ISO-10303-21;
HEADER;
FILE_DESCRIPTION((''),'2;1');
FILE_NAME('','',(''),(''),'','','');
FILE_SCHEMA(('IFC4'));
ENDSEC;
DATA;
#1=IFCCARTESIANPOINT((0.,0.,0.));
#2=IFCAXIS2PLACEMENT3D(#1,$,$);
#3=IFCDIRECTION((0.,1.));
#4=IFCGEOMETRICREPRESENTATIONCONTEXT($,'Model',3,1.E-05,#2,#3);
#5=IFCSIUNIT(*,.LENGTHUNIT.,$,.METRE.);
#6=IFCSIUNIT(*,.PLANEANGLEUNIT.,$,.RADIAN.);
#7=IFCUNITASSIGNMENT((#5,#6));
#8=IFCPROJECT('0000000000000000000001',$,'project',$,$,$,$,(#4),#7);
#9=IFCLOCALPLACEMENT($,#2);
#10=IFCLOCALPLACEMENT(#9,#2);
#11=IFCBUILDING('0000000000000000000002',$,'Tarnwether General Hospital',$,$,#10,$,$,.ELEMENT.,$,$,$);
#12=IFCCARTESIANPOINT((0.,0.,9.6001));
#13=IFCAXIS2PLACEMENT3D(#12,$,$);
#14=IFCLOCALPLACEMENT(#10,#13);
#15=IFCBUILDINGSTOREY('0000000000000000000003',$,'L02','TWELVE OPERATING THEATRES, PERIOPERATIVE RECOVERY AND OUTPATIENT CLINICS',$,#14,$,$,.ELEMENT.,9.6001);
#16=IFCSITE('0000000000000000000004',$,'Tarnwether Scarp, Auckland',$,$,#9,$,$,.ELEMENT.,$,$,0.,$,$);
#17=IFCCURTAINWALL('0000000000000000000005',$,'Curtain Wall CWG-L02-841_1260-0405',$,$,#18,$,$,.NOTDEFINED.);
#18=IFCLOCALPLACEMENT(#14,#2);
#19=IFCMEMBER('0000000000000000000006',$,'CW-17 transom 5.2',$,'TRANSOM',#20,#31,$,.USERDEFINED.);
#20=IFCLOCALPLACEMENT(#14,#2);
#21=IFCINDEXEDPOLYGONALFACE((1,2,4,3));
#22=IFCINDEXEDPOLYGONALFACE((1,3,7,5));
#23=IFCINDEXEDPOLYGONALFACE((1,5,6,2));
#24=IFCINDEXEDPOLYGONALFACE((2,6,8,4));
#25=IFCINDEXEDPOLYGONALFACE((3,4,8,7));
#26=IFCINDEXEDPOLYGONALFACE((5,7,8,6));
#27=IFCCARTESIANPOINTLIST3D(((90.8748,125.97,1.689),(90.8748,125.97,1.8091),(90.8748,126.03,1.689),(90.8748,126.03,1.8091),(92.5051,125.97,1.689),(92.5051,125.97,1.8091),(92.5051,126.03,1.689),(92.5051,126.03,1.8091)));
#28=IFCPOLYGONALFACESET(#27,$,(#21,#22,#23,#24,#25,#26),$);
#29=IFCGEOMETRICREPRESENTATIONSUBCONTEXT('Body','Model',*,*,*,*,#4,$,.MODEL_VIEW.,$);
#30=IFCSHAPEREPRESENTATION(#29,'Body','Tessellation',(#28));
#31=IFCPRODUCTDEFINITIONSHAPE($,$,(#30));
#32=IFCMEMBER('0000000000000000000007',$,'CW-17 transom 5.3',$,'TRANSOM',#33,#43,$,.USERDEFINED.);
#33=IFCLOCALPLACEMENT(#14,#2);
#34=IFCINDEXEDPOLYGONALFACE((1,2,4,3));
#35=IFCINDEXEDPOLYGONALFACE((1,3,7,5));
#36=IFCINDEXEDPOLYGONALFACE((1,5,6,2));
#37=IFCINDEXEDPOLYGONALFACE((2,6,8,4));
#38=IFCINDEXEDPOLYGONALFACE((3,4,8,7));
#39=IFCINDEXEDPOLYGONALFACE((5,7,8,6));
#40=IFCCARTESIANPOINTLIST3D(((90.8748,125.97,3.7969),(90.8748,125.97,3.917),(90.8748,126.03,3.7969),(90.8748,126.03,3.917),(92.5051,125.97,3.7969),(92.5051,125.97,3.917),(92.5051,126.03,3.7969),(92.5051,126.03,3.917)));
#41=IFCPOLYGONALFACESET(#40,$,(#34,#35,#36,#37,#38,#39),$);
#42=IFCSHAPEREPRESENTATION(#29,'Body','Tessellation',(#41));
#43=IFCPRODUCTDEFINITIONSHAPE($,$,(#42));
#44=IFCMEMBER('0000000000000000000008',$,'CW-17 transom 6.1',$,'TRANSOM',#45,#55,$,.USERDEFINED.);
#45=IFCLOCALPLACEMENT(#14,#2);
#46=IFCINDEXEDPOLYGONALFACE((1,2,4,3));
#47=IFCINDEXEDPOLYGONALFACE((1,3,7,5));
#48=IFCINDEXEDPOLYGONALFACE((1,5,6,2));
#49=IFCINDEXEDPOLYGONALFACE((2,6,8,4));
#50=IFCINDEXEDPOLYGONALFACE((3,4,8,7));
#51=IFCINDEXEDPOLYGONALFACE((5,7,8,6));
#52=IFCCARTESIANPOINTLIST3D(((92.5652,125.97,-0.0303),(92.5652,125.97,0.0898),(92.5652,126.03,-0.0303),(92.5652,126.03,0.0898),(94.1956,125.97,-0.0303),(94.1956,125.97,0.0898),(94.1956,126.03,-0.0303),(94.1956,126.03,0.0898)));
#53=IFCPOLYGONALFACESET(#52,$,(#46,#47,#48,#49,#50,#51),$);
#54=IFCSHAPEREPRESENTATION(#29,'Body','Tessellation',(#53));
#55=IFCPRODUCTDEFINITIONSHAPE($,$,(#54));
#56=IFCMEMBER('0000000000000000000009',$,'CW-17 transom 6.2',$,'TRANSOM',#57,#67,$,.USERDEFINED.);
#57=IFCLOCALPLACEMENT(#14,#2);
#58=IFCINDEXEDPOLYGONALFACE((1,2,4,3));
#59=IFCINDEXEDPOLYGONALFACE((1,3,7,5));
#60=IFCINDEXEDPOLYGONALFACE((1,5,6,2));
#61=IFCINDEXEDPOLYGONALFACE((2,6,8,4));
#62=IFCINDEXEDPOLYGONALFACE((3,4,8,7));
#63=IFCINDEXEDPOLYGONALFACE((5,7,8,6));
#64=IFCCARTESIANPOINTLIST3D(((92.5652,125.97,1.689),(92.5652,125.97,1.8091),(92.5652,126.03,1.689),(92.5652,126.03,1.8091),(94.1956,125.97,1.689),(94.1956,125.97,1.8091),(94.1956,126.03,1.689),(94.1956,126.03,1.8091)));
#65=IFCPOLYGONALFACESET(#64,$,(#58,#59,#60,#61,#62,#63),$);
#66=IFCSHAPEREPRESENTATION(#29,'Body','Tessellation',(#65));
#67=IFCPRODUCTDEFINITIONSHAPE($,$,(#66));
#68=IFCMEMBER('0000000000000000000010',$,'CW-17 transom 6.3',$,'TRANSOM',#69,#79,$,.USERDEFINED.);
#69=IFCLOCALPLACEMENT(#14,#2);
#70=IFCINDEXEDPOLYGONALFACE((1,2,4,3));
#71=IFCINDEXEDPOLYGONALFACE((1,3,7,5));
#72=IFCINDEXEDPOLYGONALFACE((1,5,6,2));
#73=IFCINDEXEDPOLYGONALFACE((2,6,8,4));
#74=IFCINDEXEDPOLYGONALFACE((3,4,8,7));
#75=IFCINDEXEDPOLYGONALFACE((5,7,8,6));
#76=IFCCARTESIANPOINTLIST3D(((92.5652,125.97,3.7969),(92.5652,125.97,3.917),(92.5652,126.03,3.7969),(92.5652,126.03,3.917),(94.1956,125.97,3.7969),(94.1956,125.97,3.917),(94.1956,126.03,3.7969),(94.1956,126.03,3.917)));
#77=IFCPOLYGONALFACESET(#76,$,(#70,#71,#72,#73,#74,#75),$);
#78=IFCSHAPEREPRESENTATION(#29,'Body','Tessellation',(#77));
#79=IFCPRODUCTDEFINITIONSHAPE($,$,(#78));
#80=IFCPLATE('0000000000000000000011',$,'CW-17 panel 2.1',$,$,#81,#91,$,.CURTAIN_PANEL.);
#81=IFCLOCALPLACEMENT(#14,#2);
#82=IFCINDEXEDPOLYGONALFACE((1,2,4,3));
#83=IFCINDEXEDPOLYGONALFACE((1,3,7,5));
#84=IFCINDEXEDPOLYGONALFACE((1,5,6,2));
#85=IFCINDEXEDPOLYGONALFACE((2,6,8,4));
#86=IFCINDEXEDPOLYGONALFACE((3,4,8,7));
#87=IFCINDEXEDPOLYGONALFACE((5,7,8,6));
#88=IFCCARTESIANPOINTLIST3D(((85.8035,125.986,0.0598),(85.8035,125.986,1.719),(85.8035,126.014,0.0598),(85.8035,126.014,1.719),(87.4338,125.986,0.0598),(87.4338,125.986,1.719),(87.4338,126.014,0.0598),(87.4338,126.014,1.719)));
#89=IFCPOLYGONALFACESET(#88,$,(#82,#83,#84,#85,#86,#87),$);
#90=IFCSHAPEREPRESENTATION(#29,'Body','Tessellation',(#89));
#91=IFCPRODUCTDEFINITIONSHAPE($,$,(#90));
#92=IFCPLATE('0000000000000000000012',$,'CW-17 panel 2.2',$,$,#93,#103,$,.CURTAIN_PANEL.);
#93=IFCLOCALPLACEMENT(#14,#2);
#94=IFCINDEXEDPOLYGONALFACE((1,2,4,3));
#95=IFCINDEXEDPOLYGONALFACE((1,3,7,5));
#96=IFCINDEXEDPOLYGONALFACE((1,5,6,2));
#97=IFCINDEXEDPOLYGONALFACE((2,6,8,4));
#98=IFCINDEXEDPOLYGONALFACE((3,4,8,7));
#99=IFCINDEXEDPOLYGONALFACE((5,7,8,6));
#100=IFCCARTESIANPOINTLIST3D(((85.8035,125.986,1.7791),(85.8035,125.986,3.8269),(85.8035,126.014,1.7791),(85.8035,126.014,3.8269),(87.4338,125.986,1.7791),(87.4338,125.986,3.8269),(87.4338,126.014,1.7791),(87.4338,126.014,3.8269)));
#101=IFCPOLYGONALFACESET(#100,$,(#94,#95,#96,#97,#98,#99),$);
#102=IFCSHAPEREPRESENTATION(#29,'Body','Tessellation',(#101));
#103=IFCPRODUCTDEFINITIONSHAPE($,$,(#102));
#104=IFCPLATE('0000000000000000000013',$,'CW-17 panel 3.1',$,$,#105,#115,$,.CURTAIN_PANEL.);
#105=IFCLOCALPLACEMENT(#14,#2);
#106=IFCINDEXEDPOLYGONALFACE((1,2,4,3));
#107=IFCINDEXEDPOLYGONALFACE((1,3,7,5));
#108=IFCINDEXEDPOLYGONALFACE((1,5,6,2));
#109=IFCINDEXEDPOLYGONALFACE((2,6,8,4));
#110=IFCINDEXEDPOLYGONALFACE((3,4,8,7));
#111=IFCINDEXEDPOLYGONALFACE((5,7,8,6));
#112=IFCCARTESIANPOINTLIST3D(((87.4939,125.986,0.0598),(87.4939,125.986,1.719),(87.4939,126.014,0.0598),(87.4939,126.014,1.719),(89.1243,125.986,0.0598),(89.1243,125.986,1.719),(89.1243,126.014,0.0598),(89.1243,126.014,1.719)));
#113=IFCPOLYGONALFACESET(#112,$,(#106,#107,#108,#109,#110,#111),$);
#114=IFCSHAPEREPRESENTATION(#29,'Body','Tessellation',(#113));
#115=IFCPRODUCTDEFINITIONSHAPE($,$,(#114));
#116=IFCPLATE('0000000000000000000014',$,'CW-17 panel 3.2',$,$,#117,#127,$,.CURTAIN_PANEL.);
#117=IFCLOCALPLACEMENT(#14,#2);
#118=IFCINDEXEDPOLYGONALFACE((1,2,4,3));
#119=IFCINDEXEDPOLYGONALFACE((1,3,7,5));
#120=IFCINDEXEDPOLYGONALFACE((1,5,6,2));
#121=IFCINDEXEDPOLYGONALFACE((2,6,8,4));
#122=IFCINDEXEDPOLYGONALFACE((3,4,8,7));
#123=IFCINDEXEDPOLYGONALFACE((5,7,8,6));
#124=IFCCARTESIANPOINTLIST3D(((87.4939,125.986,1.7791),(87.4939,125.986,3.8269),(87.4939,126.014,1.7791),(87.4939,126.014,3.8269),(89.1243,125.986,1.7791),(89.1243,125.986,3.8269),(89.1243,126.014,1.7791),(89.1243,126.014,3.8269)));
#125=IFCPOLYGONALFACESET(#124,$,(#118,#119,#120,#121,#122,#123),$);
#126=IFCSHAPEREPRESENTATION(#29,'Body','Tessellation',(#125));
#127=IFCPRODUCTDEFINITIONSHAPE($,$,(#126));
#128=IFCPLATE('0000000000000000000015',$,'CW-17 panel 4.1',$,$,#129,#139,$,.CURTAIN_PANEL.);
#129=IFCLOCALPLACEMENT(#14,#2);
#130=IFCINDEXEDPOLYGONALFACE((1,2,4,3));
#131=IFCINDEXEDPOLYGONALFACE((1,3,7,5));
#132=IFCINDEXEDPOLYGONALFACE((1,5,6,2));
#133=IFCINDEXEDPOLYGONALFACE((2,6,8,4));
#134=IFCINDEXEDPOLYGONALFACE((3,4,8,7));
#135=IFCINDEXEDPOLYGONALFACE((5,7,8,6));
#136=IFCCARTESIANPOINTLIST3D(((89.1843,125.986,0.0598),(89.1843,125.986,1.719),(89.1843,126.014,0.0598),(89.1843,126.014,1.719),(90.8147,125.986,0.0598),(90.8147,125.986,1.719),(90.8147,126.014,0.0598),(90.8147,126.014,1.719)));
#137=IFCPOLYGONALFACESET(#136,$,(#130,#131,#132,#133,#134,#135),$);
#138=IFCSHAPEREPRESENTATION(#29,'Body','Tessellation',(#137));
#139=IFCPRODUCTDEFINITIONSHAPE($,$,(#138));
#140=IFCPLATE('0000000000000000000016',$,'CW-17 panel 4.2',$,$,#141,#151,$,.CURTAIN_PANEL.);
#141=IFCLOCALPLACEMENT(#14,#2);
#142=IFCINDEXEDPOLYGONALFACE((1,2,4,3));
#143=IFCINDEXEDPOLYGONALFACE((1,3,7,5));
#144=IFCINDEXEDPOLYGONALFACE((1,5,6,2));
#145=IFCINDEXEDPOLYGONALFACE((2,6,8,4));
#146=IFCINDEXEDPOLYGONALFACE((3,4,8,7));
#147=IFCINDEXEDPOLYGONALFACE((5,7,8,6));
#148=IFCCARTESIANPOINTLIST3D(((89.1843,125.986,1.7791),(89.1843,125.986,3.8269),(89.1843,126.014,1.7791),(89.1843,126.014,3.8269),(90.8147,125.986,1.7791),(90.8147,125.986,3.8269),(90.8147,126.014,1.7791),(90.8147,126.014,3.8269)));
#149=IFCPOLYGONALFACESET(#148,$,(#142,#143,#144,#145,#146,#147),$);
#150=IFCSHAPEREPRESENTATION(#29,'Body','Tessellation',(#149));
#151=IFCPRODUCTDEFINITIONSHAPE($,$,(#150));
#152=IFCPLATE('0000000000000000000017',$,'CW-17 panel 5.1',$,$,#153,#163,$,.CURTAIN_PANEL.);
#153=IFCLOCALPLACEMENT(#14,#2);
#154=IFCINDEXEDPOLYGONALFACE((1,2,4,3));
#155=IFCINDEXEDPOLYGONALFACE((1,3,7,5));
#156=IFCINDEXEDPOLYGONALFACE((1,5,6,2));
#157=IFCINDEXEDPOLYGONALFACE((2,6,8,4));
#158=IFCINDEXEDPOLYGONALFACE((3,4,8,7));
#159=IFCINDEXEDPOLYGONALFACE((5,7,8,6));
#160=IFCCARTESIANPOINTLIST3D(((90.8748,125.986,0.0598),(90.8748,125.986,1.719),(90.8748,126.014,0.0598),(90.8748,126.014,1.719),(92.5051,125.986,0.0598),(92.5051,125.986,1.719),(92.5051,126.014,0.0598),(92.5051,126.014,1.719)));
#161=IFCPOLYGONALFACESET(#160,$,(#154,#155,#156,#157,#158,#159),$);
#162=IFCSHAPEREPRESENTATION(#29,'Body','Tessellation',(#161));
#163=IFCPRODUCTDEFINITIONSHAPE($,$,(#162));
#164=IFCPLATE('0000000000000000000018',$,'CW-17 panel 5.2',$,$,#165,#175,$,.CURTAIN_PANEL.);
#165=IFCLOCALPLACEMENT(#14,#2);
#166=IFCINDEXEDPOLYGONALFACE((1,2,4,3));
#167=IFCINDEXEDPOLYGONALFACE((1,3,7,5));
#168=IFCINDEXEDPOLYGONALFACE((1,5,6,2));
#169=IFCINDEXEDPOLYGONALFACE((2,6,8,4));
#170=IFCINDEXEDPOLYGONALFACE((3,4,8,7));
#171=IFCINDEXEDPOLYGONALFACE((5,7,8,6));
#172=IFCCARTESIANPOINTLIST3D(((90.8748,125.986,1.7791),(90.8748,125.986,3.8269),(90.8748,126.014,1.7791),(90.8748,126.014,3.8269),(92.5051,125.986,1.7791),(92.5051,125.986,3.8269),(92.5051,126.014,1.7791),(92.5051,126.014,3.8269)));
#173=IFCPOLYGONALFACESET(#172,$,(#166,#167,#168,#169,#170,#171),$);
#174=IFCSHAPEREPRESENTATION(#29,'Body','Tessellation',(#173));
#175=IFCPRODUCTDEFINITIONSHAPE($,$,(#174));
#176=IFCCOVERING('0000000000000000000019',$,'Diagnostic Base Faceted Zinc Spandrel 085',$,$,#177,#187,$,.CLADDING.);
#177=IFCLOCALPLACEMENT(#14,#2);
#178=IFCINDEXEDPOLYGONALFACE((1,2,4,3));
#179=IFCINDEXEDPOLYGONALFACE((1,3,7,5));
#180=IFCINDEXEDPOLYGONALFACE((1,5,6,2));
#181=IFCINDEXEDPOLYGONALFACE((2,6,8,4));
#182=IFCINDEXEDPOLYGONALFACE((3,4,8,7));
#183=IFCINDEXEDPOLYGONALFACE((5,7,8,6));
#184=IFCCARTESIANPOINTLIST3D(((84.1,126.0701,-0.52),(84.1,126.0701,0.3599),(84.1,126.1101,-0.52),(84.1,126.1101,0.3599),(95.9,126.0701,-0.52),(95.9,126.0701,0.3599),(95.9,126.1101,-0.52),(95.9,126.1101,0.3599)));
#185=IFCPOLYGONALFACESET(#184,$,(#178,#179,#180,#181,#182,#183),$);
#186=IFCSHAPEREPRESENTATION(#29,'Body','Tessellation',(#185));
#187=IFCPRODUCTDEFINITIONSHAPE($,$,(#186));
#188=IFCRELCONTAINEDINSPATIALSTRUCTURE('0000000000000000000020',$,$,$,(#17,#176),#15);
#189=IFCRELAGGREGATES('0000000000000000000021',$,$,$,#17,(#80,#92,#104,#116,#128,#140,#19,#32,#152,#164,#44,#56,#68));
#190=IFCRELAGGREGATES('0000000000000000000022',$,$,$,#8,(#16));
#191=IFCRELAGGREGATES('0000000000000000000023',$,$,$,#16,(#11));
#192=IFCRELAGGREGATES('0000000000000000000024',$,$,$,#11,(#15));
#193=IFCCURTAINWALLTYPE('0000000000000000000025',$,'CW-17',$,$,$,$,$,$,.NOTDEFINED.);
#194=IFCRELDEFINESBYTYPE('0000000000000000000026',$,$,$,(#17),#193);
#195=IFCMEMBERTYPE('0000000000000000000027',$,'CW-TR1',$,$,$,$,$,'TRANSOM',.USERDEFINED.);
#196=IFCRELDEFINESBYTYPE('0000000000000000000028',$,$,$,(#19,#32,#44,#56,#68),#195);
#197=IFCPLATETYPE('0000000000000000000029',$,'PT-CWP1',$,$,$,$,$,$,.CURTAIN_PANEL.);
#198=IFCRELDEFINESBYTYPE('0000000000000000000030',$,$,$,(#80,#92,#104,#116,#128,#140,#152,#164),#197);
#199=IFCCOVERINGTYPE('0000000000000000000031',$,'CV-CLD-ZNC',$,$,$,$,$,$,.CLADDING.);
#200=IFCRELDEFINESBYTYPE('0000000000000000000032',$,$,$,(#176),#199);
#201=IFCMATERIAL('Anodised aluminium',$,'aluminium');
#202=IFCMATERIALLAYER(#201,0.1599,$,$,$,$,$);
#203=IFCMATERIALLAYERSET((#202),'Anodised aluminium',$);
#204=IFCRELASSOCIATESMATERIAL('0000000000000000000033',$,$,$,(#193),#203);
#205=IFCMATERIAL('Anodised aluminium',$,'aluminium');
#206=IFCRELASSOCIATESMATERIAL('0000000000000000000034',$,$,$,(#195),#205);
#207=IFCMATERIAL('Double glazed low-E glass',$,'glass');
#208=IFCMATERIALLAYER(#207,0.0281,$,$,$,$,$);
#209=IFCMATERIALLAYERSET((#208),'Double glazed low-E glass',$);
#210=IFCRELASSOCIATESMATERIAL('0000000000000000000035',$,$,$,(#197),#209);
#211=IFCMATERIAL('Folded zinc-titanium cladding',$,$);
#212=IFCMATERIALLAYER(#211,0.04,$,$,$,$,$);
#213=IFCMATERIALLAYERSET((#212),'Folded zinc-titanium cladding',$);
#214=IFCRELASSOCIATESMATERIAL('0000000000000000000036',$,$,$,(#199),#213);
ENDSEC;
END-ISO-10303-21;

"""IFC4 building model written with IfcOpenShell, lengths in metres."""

from ifc_helpers import new_model, si_unit, direction, frame, origin, origin_2d, place, context, subcontext, project, spatial, rectangle, extrude, material, layer, layer_set, material_profile, profile_set, type_object, element, aggregate, save


model = new_model("IFC4")

# Units and contexts
model_context = context("Model", 3, precision=1e-05, world=origin(), true_north=direction((0.0, 1.0)))
body_context = subcontext(model_context, "Body", "Model", "MODEL_VIEW")
ifc_project = project(units=[si_unit("LENGTHUNIT", "METRE"), si_unit("PLANEANGLEUNIT", "RADIAN")], contexts=[model_context])

# Site, building, storey
site_placement = place(None, origin())
site = spatial("IfcSite", under=ifc_project, at=site_placement, Name="Tarnwether Scarp, Auckland", CompositionType="ELEMENT", RefElevation=0.0)
building_placement = place(site_placement, origin())
building = spatial("IfcBuilding", under=site, at=building_placement, Name="Tarnwether General Hospital", CompositionType="ELEMENT")
storey_placement = place(building_placement, frame((0.0, 0.0, 9.6001)))
storey = spatial("IfcBuildingStorey", under=building, at=storey_placement, Name="L02", Description="TWELVE OPERATING THEATRES, PERIOPERATIVE RECOVERY AND OUTPATIENT CLINICS", CompositionType="ELEMENT", Elevation=9.6001)

# Curtain wall, members, plates
ifc_material_1 = material(Name="Anodised aluminium", Category="aluminium")
ifc_layer_1 = layer(ifc_material_1, 0.1599)
ifc_layer_set_1 = layer_set([ifc_layer_1], Name="Anodised aluminium")
curtain_wall_type = type_object("IfcCurtainWallType", Name="CW-17", PredefinedType="NOTDEFINED", material=ifc_layer_set_1)
curtain_wall_placement = place(storey_placement, origin())
curtain_wall = element("IfcCurtainWall", 1, at=curtain_wall_placement, inside=storey, type_object=curtain_wall_type, Name="Curtain Wall CWG-L02-841_1260-0405", PredefinedType="NOTDEFINED")
ifc_material_2 = material(Name="Anodised aluminium", Category="aluminium")
ifc_material_profile_1 = material_profile(ifc_material_2, rectangle(XDim=0.0601, YDim=0.1201, at=origin_2d()), Name="ALU-TRN-60x120")
ifc_profile_set_1 = profile_set([ifc_material_profile_1], Name="Anodised aluminium")
member_type_1 = type_object("IfcMemberType", Name="CW-TR1", ElementType="TRANSOM", PredefinedType="USERDEFINED", material=ifc_profile_set_1)
member_1_placement = place(storey_placement, frame((90.8748, 126.0, 1.749), z_axis=(1.0, 0.0, 0.0), x_axis=(0.0, 1.0, 0.0)))
member_1 = element("IfcMember", 2, at=member_1_placement, type_object=member_type_1, Name="CW-17 transom 5.2", ObjectType="TRANSOM", PredefinedType="USERDEFINED", context=body_context, shape_type="SweptSolid", body=[
    extrude(rectangle(XDim=0.0601, YDim=0.1201, at=origin_2d()), origin(), (0.0, 0.0, 1.0), 1.6304),
])
member_2_placement = place(storey_placement, frame((90.8748, 126.0, 3.8569), z_axis=(1.0, 0.0, 0.0), x_axis=(0.0, 1.0, 0.0)))
member_2 = element("IfcMember", 3, at=member_2_placement, type_object=member_type_1, Name="CW-17 transom 5.3", ObjectType="TRANSOM", PredefinedType="USERDEFINED", context=body_context, shape_type="SweptSolid", body=[
    extrude(rectangle(XDim=0.0601, YDim=0.1201, at=origin_2d()), origin(), (0.0, 0.0, 1.0), 1.6304),
])
member_3_placement = place(storey_placement, frame((92.5652, 126.0, 0.0298), z_axis=(1.0, 0.0, 0.0), x_axis=(0.0, 1.0, 0.0)))
member_3 = element("IfcMember", 4, at=member_3_placement, type_object=member_type_1, Name="CW-17 transom 6.1", ObjectType="TRANSOM", PredefinedType="USERDEFINED", context=body_context, shape_type="SweptSolid", body=[
    extrude(rectangle(XDim=0.0601, YDim=0.1201, at=origin_2d()), origin(), (0.0, 0.0, 1.0), 1.6304),
])
member_4_placement = place(storey_placement, frame((92.5652, 126.0, 1.749), z_axis=(1.0, 0.0, 0.0), x_axis=(0.0, 1.0, 0.0)))
member_4 = element("IfcMember", 5, at=member_4_placement, type_object=member_type_1, Name="CW-17 transom 6.2", ObjectType="TRANSOM", PredefinedType="USERDEFINED", context=body_context, shape_type="SweptSolid", body=[
    extrude(rectangle(XDim=0.0601, YDim=0.1201, at=origin_2d()), origin(), (0.0, 0.0, 1.0), 1.6304),
])
member_5_placement = place(storey_placement, frame((92.5652, 126.0, 3.8569), z_axis=(1.0, 0.0, 0.0), x_axis=(0.0, 1.0, 0.0)))
member_5 = element("IfcMember", 6, at=member_5_placement, type_object=member_type_1, Name="CW-17 transom 6.3", ObjectType="TRANSOM", PredefinedType="USERDEFINED", context=body_context, shape_type="SweptSolid", body=[
    extrude(rectangle(XDim=0.0601, YDim=0.1201, at=origin_2d()), origin(), (0.0, 0.0, 1.0), 1.6304),
])
ifc_material_3 = material(Name="Double glazed low-E glass", Category="glass")
ifc_layer_2 = layer(ifc_material_3, 0.0281)
ifc_layer_set_2 = layer_set([ifc_layer_2], Name="Double glazed low-E glass")
plate_type = type_object("IfcPlateType", Name="PT-CWP1", PredefinedType="CURTAIN_PANEL", material=ifc_layer_set_2)
plate_1_placement = place(storey_placement, frame((86.6187, 126.0, 0.0598), z_axis=(0.0, 0.0, 1.0), x_axis=(1.0, 0.0, 0.0)))
plate_1 = element("IfcPlate", 7, at=plate_1_placement, type_object=plate_type, Name="CW-17 panel 2.1", PredefinedType="CURTAIN_PANEL", context=body_context, shape_type="SweptSolid", body=[
    extrude(rectangle(XDim=1.6304, YDim=0.0281, at=origin_2d()), origin(), (0.0, 0.0, 1.0), 1.6592),
])
plate_2_placement = place(storey_placement, frame((86.6187, 126.0, 1.7791), z_axis=(0.0, 0.0, 1.0), x_axis=(1.0, 0.0, 0.0)))
plate_2 = element("IfcPlate", 8, at=plate_2_placement, type_object=plate_type, Name="CW-17 panel 2.2", PredefinedType="CURTAIN_PANEL", context=body_context, shape_type="SweptSolid", body=[
    extrude(rectangle(XDim=1.6304, YDim=0.0281, at=origin_2d()), origin(), (0.0, 0.0, 1.0), 2.0479),
])
plate_3_placement = place(storey_placement, frame((88.3091, 126.0, 0.0598), z_axis=(0.0, 0.0, 1.0), x_axis=(1.0, 0.0, 0.0)))
plate_3 = element("IfcPlate", 9, at=plate_3_placement, type_object=plate_type, Name="CW-17 panel 3.1", PredefinedType="CURTAIN_PANEL", context=body_context, shape_type="SweptSolid", body=[
    extrude(rectangle(XDim=1.6304, YDim=0.0281, at=origin_2d()), origin(), (0.0, 0.0, 1.0), 1.6592),
])
plate_4_placement = place(storey_placement, frame((88.3091, 126.0, 1.7791), z_axis=(0.0, 0.0, 1.0), x_axis=(1.0, 0.0, 0.0)))
plate_4 = element("IfcPlate", 10, at=plate_4_placement, type_object=plate_type, Name="CW-17 panel 3.2", PredefinedType="CURTAIN_PANEL", context=body_context, shape_type="SweptSolid", body=[
    extrude(rectangle(XDim=1.6304, YDim=0.0281, at=origin_2d()), origin(), (0.0, 0.0, 1.0), 2.0479),
])
plate_5_placement = place(storey_placement, frame((89.9995, 126.0, 0.0598), z_axis=(0.0, 0.0, 1.0), x_axis=(1.0, 0.0, 0.0)))
plate_5 = element("IfcPlate", 11, at=plate_5_placement, type_object=plate_type, Name="CW-17 panel 4.1", PredefinedType="CURTAIN_PANEL", context=body_context, shape_type="SweptSolid", body=[
    extrude(rectangle(XDim=1.6304, YDim=0.0281, at=origin_2d()), origin(), (0.0, 0.0, 1.0), 1.6592),
])
plate_6_placement = place(storey_placement, frame((89.9995, 126.0, 1.7791), z_axis=(0.0, 0.0, 1.0), x_axis=(1.0, 0.0, 0.0)))
plate_6 = element("IfcPlate", 12, at=plate_6_placement, type_object=plate_type, Name="CW-17 panel 4.2", PredefinedType="CURTAIN_PANEL", context=body_context, shape_type="SweptSolid", body=[
    extrude(rectangle(XDim=1.6304, YDim=0.0281, at=origin_2d()), origin(), (0.0, 0.0, 1.0), 2.0479),
])
plate_7_placement = place(storey_placement, frame((91.6899, 126.0, 0.0598), z_axis=(0.0, 0.0, 1.0), x_axis=(1.0, 0.0, 0.0)))
plate_7 = element("IfcPlate", 13, at=plate_7_placement, type_object=plate_type, Name="CW-17 panel 5.1", PredefinedType="CURTAIN_PANEL", context=body_context, shape_type="SweptSolid", body=[
    extrude(rectangle(XDim=1.6304, YDim=0.0281, at=origin_2d()), origin(), (0.0, 0.0, 1.0), 1.6592),
])
plate_8_placement = place(storey_placement, frame((91.6899, 126.0, 1.7791), z_axis=(0.0, 0.0, 1.0), x_axis=(1.0, 0.0, 0.0)))
plate_8 = element("IfcPlate", 14, at=plate_8_placement, type_object=plate_type, Name="CW-17 panel 5.2", PredefinedType="CURTAIN_PANEL", context=body_context, shape_type="SweptSolid", body=[
    extrude(rectangle(XDim=1.6304, YDim=0.0281, at=origin_2d()), origin(), (0.0, 0.0, 1.0), 2.0479),
])
aggregate(curtain_wall, [plate_1, plate_2, plate_3, plate_4, plate_5, plate_6, member_1, member_2, plate_7, plate_8, member_3, member_4, member_5])

# Covering
ifc_material_4 = material(Name="Folded zinc-titanium cladding")
ifc_layer_3 = layer(ifc_material_4, 0.04)
ifc_layer_set_3 = layer_set([ifc_layer_3], Name="Folded zinc-titanium cladding")
covering_type = type_object("IfcCoveringType", Name="CV-CLD-ZNC", PredefinedType="CLADDING", material=ifc_layer_set_3)
covering_placement = place(storey_placement, frame((90.0, 126.0901, -0.52), z_axis=(0.0, 0.0, 1.0), x_axis=(1.0, 0.0, 0.0)))
element("IfcCovering", 15, at=covering_placement, inside=storey, type_object=covering_type, Name="Diagnostic Base Faceted Zinc Spandrel 085", PredefinedType="CLADDING", context=body_context, shape_type="SweptSolid", body=[
    extrude(rectangle(XDim=11.8, YDim=0.04, at=origin_2d()), origin(), (0.0, 0.0, 1.0), 0.8799),
])

save(model, "model.ifc")
